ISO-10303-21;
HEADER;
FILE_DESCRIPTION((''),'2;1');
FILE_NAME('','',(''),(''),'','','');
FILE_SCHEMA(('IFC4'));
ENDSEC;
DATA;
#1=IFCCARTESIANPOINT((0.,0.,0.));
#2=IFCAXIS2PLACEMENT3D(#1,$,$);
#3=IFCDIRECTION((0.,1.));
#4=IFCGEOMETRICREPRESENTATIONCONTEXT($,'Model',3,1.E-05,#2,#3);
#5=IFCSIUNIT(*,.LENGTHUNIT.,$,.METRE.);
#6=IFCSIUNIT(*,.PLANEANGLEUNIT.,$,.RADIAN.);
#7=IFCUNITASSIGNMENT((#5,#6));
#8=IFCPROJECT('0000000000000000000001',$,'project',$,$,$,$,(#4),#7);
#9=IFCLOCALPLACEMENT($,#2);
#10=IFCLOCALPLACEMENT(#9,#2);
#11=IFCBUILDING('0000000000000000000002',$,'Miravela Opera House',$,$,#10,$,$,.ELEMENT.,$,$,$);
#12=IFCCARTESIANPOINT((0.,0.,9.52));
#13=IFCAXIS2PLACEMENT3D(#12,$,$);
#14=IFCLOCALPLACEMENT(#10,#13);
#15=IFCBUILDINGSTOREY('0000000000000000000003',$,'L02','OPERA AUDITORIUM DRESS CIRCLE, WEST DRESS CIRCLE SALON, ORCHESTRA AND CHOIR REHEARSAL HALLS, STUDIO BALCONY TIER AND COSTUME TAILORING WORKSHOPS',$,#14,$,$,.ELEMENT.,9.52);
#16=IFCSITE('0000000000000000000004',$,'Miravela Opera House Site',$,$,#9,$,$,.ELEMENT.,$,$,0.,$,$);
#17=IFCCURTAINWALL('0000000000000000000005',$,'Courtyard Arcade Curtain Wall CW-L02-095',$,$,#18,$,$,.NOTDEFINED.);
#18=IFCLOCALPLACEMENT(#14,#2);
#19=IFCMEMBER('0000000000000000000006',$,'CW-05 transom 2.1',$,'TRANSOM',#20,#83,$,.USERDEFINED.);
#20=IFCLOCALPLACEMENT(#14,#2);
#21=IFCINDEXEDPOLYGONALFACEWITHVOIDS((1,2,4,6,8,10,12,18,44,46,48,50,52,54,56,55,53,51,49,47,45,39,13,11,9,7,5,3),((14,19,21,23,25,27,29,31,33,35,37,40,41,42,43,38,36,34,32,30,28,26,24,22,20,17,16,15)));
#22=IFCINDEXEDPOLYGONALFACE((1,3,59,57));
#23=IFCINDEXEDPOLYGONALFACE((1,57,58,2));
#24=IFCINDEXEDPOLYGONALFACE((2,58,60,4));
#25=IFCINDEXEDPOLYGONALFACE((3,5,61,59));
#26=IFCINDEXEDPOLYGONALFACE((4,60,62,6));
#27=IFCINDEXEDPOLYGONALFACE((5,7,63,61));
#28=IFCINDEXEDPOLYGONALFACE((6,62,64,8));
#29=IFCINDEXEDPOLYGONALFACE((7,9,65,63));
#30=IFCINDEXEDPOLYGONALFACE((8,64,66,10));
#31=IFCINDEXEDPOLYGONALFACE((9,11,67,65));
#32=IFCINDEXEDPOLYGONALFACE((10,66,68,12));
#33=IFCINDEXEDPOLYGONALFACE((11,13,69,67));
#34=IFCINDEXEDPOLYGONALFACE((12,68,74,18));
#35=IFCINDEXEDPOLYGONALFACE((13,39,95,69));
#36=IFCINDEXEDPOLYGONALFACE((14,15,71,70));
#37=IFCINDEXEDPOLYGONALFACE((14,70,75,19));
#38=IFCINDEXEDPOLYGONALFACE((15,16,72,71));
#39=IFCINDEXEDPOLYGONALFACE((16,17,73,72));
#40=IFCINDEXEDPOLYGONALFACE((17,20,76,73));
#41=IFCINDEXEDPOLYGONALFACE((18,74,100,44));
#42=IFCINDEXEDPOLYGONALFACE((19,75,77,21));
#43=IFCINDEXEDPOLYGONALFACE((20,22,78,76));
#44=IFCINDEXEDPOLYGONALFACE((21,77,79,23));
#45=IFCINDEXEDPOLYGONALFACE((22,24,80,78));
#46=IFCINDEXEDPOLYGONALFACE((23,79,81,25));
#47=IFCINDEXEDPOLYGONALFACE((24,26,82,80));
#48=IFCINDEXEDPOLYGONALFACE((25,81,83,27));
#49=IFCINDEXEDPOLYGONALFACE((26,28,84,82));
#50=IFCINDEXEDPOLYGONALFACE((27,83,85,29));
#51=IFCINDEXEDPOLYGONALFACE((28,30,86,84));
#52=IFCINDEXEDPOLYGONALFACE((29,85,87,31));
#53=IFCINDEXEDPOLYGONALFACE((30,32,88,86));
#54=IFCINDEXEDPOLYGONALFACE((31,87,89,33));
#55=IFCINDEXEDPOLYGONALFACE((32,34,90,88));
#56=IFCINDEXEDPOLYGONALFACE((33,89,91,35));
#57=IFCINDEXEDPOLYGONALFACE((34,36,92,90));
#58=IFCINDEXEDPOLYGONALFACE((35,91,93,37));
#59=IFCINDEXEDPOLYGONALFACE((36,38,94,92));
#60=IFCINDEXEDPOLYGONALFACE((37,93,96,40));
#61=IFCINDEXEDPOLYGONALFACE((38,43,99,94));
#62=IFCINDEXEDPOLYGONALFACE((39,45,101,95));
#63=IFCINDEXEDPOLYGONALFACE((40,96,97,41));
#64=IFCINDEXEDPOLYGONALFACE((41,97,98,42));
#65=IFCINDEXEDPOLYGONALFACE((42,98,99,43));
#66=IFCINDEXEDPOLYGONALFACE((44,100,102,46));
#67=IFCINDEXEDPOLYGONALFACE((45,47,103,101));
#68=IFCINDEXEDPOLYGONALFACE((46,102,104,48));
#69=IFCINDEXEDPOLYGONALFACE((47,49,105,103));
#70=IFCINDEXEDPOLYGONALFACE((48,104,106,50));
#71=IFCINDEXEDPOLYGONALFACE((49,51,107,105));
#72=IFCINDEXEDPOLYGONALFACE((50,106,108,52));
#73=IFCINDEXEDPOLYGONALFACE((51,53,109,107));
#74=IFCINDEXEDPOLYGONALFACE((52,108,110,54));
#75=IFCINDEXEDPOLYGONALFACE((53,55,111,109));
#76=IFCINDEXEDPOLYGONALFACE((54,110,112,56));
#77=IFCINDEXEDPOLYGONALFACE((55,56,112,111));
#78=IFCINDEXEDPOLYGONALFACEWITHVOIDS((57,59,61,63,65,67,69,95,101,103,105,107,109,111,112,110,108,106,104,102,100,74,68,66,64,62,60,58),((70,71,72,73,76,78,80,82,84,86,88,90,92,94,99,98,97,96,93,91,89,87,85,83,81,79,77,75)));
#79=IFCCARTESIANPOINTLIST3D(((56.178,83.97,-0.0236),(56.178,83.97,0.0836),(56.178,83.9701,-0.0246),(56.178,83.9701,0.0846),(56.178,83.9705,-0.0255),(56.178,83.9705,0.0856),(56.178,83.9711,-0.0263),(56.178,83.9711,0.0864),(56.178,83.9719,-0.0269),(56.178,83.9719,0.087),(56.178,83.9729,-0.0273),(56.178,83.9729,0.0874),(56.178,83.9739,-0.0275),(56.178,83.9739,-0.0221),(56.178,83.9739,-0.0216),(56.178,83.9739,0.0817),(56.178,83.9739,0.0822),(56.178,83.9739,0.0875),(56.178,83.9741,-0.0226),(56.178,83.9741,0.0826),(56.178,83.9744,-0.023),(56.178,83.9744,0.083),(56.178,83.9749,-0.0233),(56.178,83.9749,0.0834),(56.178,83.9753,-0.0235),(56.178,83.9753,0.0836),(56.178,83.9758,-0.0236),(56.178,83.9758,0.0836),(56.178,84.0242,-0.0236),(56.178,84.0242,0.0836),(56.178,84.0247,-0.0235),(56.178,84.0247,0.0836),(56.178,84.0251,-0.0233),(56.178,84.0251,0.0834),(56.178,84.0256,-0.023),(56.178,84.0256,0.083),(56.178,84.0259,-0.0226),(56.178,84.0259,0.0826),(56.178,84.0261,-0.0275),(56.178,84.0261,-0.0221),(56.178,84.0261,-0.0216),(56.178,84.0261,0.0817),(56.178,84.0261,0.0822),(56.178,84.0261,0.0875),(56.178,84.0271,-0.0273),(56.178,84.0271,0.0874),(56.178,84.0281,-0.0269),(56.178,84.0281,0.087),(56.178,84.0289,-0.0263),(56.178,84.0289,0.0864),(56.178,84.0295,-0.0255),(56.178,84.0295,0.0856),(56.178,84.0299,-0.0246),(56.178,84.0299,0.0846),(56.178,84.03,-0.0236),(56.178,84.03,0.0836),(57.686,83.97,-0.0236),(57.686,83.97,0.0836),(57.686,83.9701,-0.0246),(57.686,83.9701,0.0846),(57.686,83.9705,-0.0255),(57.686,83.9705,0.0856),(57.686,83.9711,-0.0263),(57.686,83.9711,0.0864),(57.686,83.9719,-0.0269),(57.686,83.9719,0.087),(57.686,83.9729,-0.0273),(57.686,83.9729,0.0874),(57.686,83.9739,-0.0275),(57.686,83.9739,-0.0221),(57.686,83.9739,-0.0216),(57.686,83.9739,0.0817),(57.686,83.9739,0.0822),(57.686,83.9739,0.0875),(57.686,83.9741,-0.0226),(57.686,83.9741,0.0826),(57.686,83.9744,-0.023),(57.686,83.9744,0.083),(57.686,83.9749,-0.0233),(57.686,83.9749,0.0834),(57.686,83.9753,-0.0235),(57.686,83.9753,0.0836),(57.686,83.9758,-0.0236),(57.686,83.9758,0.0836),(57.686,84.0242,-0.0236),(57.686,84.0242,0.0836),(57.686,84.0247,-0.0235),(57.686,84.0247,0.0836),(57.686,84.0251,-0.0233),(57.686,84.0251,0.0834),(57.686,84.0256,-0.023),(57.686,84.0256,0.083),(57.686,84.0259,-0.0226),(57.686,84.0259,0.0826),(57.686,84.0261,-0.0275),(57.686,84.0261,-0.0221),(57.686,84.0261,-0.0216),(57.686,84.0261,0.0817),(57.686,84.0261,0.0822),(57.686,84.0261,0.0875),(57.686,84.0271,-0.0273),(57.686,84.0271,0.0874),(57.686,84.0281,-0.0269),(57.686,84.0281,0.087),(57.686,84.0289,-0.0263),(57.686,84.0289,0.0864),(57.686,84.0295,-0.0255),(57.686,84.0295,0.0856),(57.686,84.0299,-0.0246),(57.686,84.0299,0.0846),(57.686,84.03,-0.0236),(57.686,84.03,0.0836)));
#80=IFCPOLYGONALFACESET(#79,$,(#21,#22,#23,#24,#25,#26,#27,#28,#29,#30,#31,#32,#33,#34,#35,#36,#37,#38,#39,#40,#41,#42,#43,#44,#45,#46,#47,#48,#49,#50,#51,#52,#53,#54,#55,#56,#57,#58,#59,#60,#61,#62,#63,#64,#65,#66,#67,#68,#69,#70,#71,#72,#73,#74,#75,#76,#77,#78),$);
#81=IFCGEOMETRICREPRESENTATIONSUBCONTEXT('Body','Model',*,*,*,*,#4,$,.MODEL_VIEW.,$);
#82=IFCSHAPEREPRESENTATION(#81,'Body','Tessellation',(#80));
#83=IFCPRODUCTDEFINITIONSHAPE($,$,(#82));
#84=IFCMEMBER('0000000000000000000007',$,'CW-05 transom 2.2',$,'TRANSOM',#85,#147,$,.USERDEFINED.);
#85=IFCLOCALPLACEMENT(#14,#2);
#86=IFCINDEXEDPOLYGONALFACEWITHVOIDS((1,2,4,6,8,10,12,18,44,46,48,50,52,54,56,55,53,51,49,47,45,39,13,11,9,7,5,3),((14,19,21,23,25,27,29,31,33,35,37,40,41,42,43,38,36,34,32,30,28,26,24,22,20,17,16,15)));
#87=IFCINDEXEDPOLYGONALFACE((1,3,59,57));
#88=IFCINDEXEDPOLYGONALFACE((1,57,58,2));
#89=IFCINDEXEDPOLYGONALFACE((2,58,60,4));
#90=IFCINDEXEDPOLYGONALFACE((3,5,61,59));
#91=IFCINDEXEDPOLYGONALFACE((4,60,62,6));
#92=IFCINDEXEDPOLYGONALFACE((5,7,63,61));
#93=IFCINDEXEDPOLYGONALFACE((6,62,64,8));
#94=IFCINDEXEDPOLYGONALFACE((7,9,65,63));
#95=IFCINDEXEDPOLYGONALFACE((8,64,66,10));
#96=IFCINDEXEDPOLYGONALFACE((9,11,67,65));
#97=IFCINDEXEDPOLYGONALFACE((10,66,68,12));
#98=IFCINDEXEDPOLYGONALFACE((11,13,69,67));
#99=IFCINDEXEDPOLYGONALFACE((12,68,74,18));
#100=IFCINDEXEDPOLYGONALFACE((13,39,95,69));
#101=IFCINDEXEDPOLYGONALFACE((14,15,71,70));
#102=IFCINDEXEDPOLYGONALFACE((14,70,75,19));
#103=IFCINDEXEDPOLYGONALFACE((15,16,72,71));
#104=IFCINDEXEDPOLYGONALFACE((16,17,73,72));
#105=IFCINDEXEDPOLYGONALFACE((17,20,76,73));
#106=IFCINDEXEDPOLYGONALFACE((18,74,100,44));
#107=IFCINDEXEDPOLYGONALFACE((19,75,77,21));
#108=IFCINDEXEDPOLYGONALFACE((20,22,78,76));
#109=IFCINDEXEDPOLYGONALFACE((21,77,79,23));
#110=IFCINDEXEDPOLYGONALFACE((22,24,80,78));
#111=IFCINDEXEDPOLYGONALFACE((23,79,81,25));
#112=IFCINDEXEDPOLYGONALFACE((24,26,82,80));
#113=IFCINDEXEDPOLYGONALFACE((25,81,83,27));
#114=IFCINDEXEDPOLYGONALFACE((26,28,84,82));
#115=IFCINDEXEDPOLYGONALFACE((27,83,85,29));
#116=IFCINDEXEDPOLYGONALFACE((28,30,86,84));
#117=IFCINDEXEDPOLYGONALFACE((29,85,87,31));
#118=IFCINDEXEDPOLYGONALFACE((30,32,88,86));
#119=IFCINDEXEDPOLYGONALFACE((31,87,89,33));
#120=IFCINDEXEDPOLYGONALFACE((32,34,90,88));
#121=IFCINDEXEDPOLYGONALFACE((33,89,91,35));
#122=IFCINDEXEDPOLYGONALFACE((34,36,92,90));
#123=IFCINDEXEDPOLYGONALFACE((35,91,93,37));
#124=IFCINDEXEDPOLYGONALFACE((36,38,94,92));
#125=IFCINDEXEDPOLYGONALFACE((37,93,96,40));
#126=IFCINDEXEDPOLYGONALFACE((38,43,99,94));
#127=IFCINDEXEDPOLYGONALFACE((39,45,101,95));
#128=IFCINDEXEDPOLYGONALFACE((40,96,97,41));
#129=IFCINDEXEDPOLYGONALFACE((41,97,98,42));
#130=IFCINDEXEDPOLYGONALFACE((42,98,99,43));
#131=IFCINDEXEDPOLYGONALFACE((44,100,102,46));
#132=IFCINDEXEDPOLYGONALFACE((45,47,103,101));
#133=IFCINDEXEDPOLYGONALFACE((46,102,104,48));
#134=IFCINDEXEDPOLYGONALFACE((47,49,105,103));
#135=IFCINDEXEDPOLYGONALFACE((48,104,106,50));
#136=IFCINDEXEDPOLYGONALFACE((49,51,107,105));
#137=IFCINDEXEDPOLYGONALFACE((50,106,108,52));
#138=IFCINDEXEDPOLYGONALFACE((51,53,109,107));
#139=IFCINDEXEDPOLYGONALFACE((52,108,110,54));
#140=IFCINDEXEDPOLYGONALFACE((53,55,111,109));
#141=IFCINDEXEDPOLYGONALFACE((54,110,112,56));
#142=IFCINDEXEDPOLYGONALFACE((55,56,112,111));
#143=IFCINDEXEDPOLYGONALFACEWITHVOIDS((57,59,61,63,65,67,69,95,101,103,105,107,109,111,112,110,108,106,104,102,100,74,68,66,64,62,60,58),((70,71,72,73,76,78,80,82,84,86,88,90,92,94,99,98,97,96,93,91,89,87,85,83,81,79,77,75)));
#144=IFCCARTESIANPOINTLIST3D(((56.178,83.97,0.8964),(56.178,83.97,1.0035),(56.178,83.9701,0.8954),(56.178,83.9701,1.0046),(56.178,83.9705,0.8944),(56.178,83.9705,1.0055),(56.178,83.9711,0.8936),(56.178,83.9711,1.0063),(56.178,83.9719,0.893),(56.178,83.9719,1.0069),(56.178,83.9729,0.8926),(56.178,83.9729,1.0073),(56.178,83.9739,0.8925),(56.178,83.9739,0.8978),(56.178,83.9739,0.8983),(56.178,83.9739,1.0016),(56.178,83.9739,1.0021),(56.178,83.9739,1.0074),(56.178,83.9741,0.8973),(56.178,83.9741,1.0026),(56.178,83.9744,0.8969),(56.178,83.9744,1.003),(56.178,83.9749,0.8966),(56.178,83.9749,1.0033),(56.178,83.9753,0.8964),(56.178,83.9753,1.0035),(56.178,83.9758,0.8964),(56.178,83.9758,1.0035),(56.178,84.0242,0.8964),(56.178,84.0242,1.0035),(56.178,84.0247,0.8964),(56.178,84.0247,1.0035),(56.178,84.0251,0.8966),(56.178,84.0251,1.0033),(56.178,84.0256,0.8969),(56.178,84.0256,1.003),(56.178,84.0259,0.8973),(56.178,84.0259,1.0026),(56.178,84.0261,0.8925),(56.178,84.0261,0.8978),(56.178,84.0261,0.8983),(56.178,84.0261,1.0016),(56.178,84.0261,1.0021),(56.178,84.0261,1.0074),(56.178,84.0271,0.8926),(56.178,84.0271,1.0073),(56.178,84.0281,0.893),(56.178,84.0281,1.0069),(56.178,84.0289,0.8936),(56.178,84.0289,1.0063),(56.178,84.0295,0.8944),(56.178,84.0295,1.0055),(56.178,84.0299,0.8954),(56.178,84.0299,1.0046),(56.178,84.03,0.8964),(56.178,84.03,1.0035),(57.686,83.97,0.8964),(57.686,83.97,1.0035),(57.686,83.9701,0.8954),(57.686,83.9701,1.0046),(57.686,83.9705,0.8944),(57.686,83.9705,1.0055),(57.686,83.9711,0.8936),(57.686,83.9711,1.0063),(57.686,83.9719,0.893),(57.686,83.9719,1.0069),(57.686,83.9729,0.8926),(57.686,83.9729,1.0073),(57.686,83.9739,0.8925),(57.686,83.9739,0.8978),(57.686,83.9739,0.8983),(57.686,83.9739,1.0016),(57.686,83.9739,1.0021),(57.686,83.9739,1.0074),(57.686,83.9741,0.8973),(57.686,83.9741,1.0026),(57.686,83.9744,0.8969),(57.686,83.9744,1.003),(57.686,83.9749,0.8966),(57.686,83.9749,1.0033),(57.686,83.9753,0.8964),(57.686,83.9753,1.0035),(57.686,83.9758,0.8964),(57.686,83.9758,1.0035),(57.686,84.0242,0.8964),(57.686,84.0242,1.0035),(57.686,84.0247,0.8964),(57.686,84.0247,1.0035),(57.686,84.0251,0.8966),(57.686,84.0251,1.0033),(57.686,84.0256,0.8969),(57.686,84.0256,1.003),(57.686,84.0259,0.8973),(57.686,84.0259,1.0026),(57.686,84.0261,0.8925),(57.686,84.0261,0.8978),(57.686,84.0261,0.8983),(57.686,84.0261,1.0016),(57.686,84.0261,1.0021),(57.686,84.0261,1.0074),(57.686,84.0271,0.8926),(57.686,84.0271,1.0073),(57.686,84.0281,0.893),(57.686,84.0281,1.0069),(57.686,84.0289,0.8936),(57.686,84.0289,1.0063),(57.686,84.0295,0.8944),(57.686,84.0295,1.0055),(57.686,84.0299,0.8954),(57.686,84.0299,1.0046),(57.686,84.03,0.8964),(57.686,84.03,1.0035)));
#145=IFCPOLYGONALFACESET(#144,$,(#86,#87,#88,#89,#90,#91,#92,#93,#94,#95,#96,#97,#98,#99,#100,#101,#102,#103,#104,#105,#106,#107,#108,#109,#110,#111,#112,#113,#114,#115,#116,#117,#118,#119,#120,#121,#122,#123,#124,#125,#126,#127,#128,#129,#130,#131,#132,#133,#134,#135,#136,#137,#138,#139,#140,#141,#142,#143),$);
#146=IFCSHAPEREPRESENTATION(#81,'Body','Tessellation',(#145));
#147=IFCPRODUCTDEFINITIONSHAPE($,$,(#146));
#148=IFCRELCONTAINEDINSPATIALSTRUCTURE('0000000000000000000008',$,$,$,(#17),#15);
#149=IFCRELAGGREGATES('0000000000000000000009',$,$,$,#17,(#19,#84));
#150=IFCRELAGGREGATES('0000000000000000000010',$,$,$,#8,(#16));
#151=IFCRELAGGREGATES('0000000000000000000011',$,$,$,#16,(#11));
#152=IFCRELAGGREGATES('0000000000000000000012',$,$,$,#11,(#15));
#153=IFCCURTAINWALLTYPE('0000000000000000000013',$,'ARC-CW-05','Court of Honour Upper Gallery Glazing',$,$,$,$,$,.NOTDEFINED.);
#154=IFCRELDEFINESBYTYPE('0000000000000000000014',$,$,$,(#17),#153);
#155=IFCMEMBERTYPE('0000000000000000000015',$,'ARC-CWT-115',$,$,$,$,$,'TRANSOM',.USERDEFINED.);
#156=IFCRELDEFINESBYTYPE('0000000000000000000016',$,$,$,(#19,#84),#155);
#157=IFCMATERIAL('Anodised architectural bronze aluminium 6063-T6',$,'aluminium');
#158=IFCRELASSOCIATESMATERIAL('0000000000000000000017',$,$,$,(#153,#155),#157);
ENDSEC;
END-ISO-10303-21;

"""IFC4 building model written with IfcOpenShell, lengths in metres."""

from ifc_helpers import new_model, si_unit, direction, frame, origin, origin_2d, place, context, subcontext, project, spatial, hollow_rectangle, extrude, material, material_profile, profile_set, type_object, element, aggregate, save


model = new_model("IFC4")

# Units and contexts
model_context = context("Model", 3, precision=1e-05, world=origin(), true_north=direction((0.0, 1.0)))
body_context = subcontext(model_context, "Body", "Model", "MODEL_VIEW")
ifc_project = project(units=[si_unit("LENGTHUNIT", "METRE"), si_unit("PLANEANGLEUNIT", "RADIAN")], contexts=[model_context])

# Site, building, storey
site_placement = place(None, origin())
site = spatial("IfcSite", under=ifc_project, at=site_placement, Name="Miravela Opera House Site", CompositionType="ELEMENT", RefElevation=0.0)
building_placement = place(site_placement, origin())
building = spatial("IfcBuilding", under=site, at=building_placement, Name="Miravela Opera House", CompositionType="ELEMENT")
storey_placement = place(building_placement, frame((0.0, 0.0, 9.52)))
storey = spatial("IfcBuildingStorey", under=building, at=storey_placement, Name="L02", Description="OPERA AUDITORIUM DRESS CIRCLE, WEST DRESS CIRCLE SALON, ORCHESTRA AND CHOIR REHEARSAL HALLS, STUDIO BALCONY TIER AND COSTUME TAILORING WORKSHOPS", CompositionType="ELEMENT", Elevation=9.52)

# Shared definitions
ifc_material_1 = material(Name="Anodised architectural bronze aluminium 6063-T6", Category="aluminium")
curtain_wall_type = type_object("IfcCurtainWallType", Name="ARC-CW-05", Description="Court of Honour Upper Gallery Glazing", PredefinedType="NOTDEFINED", material=ifc_material_1)

# Curtain wall
curtain_wall_1_placement = place(storey_placement, origin())
curtain_wall_1 = element("IfcCurtainWall", 1, at=curtain_wall_1_placement, inside=storey, type_object=curtain_wall_type, Name="Courtyard Arcade Curtain Wall CW-L02-095", PredefinedType="NOTDEFINED")

# Members
ifc_material_profile_1 = material_profile(ifc_material_1, hollow_rectangle(XDim=0.0601, YDim=0.115, WallThickness=0.0039, InnerFilletRadius=0.002, OuterFilletRadius=0.0039, at=origin_2d()), Name="CWT-60X115")
ifc_profile_set_1 = profile_set([ifc_material_profile_1])
member_type_1 = type_object("IfcMemberType", Name="ARC-CWT-115", ElementType="TRANSOM", PredefinedType="USERDEFINED", material=ifc_profile_set_1)
member_1_placement = place(storey_placement, frame((56.178, 84.0, 0.03), z_axis=(1.0, 0.0, 0.0), x_axis=(0.0, 1.0, 0.0)))
member_1 = element("IfcMember", 2, at=member_1_placement, type_object=member_type_1, Name="CW-05 transom 2.1", ObjectType="TRANSOM", PredefinedType="USERDEFINED", context=body_context, shape_type="SweptSolid", body=[
    extrude(hollow_rectangle(XDim=0.0601, YDim=0.115, WallThickness=0.0039, InnerFilletRadius=0.002, OuterFilletRadius=0.0039, at=origin_2d()), origin(), (0.0, 0.0, 1.0), 1.5081),
])
member_2_placement = place(storey_placement, frame((56.178, 84.0, 0.95), z_axis=(1.0, 0.0, 0.0), x_axis=(0.0, 1.0, 0.0)))
member_2 = element("IfcMember", 3, at=member_2_placement, type_object=member_type_1, Name="CW-05 transom 2.2", ObjectType="TRANSOM", PredefinedType="USERDEFINED", context=body_context, shape_type="SweptSolid", body=[
    extrude(hollow_rectangle(XDim=0.0601, YDim=0.115, WallThickness=0.0039, InnerFilletRadius=0.002, OuterFilletRadius=0.0039, at=origin_2d()), origin(), (0.0, 0.0, 1.0), 1.5081),
])

aggregate(curtain_wall_1, [member_1, member_2])

save(model, "model.ifc")
